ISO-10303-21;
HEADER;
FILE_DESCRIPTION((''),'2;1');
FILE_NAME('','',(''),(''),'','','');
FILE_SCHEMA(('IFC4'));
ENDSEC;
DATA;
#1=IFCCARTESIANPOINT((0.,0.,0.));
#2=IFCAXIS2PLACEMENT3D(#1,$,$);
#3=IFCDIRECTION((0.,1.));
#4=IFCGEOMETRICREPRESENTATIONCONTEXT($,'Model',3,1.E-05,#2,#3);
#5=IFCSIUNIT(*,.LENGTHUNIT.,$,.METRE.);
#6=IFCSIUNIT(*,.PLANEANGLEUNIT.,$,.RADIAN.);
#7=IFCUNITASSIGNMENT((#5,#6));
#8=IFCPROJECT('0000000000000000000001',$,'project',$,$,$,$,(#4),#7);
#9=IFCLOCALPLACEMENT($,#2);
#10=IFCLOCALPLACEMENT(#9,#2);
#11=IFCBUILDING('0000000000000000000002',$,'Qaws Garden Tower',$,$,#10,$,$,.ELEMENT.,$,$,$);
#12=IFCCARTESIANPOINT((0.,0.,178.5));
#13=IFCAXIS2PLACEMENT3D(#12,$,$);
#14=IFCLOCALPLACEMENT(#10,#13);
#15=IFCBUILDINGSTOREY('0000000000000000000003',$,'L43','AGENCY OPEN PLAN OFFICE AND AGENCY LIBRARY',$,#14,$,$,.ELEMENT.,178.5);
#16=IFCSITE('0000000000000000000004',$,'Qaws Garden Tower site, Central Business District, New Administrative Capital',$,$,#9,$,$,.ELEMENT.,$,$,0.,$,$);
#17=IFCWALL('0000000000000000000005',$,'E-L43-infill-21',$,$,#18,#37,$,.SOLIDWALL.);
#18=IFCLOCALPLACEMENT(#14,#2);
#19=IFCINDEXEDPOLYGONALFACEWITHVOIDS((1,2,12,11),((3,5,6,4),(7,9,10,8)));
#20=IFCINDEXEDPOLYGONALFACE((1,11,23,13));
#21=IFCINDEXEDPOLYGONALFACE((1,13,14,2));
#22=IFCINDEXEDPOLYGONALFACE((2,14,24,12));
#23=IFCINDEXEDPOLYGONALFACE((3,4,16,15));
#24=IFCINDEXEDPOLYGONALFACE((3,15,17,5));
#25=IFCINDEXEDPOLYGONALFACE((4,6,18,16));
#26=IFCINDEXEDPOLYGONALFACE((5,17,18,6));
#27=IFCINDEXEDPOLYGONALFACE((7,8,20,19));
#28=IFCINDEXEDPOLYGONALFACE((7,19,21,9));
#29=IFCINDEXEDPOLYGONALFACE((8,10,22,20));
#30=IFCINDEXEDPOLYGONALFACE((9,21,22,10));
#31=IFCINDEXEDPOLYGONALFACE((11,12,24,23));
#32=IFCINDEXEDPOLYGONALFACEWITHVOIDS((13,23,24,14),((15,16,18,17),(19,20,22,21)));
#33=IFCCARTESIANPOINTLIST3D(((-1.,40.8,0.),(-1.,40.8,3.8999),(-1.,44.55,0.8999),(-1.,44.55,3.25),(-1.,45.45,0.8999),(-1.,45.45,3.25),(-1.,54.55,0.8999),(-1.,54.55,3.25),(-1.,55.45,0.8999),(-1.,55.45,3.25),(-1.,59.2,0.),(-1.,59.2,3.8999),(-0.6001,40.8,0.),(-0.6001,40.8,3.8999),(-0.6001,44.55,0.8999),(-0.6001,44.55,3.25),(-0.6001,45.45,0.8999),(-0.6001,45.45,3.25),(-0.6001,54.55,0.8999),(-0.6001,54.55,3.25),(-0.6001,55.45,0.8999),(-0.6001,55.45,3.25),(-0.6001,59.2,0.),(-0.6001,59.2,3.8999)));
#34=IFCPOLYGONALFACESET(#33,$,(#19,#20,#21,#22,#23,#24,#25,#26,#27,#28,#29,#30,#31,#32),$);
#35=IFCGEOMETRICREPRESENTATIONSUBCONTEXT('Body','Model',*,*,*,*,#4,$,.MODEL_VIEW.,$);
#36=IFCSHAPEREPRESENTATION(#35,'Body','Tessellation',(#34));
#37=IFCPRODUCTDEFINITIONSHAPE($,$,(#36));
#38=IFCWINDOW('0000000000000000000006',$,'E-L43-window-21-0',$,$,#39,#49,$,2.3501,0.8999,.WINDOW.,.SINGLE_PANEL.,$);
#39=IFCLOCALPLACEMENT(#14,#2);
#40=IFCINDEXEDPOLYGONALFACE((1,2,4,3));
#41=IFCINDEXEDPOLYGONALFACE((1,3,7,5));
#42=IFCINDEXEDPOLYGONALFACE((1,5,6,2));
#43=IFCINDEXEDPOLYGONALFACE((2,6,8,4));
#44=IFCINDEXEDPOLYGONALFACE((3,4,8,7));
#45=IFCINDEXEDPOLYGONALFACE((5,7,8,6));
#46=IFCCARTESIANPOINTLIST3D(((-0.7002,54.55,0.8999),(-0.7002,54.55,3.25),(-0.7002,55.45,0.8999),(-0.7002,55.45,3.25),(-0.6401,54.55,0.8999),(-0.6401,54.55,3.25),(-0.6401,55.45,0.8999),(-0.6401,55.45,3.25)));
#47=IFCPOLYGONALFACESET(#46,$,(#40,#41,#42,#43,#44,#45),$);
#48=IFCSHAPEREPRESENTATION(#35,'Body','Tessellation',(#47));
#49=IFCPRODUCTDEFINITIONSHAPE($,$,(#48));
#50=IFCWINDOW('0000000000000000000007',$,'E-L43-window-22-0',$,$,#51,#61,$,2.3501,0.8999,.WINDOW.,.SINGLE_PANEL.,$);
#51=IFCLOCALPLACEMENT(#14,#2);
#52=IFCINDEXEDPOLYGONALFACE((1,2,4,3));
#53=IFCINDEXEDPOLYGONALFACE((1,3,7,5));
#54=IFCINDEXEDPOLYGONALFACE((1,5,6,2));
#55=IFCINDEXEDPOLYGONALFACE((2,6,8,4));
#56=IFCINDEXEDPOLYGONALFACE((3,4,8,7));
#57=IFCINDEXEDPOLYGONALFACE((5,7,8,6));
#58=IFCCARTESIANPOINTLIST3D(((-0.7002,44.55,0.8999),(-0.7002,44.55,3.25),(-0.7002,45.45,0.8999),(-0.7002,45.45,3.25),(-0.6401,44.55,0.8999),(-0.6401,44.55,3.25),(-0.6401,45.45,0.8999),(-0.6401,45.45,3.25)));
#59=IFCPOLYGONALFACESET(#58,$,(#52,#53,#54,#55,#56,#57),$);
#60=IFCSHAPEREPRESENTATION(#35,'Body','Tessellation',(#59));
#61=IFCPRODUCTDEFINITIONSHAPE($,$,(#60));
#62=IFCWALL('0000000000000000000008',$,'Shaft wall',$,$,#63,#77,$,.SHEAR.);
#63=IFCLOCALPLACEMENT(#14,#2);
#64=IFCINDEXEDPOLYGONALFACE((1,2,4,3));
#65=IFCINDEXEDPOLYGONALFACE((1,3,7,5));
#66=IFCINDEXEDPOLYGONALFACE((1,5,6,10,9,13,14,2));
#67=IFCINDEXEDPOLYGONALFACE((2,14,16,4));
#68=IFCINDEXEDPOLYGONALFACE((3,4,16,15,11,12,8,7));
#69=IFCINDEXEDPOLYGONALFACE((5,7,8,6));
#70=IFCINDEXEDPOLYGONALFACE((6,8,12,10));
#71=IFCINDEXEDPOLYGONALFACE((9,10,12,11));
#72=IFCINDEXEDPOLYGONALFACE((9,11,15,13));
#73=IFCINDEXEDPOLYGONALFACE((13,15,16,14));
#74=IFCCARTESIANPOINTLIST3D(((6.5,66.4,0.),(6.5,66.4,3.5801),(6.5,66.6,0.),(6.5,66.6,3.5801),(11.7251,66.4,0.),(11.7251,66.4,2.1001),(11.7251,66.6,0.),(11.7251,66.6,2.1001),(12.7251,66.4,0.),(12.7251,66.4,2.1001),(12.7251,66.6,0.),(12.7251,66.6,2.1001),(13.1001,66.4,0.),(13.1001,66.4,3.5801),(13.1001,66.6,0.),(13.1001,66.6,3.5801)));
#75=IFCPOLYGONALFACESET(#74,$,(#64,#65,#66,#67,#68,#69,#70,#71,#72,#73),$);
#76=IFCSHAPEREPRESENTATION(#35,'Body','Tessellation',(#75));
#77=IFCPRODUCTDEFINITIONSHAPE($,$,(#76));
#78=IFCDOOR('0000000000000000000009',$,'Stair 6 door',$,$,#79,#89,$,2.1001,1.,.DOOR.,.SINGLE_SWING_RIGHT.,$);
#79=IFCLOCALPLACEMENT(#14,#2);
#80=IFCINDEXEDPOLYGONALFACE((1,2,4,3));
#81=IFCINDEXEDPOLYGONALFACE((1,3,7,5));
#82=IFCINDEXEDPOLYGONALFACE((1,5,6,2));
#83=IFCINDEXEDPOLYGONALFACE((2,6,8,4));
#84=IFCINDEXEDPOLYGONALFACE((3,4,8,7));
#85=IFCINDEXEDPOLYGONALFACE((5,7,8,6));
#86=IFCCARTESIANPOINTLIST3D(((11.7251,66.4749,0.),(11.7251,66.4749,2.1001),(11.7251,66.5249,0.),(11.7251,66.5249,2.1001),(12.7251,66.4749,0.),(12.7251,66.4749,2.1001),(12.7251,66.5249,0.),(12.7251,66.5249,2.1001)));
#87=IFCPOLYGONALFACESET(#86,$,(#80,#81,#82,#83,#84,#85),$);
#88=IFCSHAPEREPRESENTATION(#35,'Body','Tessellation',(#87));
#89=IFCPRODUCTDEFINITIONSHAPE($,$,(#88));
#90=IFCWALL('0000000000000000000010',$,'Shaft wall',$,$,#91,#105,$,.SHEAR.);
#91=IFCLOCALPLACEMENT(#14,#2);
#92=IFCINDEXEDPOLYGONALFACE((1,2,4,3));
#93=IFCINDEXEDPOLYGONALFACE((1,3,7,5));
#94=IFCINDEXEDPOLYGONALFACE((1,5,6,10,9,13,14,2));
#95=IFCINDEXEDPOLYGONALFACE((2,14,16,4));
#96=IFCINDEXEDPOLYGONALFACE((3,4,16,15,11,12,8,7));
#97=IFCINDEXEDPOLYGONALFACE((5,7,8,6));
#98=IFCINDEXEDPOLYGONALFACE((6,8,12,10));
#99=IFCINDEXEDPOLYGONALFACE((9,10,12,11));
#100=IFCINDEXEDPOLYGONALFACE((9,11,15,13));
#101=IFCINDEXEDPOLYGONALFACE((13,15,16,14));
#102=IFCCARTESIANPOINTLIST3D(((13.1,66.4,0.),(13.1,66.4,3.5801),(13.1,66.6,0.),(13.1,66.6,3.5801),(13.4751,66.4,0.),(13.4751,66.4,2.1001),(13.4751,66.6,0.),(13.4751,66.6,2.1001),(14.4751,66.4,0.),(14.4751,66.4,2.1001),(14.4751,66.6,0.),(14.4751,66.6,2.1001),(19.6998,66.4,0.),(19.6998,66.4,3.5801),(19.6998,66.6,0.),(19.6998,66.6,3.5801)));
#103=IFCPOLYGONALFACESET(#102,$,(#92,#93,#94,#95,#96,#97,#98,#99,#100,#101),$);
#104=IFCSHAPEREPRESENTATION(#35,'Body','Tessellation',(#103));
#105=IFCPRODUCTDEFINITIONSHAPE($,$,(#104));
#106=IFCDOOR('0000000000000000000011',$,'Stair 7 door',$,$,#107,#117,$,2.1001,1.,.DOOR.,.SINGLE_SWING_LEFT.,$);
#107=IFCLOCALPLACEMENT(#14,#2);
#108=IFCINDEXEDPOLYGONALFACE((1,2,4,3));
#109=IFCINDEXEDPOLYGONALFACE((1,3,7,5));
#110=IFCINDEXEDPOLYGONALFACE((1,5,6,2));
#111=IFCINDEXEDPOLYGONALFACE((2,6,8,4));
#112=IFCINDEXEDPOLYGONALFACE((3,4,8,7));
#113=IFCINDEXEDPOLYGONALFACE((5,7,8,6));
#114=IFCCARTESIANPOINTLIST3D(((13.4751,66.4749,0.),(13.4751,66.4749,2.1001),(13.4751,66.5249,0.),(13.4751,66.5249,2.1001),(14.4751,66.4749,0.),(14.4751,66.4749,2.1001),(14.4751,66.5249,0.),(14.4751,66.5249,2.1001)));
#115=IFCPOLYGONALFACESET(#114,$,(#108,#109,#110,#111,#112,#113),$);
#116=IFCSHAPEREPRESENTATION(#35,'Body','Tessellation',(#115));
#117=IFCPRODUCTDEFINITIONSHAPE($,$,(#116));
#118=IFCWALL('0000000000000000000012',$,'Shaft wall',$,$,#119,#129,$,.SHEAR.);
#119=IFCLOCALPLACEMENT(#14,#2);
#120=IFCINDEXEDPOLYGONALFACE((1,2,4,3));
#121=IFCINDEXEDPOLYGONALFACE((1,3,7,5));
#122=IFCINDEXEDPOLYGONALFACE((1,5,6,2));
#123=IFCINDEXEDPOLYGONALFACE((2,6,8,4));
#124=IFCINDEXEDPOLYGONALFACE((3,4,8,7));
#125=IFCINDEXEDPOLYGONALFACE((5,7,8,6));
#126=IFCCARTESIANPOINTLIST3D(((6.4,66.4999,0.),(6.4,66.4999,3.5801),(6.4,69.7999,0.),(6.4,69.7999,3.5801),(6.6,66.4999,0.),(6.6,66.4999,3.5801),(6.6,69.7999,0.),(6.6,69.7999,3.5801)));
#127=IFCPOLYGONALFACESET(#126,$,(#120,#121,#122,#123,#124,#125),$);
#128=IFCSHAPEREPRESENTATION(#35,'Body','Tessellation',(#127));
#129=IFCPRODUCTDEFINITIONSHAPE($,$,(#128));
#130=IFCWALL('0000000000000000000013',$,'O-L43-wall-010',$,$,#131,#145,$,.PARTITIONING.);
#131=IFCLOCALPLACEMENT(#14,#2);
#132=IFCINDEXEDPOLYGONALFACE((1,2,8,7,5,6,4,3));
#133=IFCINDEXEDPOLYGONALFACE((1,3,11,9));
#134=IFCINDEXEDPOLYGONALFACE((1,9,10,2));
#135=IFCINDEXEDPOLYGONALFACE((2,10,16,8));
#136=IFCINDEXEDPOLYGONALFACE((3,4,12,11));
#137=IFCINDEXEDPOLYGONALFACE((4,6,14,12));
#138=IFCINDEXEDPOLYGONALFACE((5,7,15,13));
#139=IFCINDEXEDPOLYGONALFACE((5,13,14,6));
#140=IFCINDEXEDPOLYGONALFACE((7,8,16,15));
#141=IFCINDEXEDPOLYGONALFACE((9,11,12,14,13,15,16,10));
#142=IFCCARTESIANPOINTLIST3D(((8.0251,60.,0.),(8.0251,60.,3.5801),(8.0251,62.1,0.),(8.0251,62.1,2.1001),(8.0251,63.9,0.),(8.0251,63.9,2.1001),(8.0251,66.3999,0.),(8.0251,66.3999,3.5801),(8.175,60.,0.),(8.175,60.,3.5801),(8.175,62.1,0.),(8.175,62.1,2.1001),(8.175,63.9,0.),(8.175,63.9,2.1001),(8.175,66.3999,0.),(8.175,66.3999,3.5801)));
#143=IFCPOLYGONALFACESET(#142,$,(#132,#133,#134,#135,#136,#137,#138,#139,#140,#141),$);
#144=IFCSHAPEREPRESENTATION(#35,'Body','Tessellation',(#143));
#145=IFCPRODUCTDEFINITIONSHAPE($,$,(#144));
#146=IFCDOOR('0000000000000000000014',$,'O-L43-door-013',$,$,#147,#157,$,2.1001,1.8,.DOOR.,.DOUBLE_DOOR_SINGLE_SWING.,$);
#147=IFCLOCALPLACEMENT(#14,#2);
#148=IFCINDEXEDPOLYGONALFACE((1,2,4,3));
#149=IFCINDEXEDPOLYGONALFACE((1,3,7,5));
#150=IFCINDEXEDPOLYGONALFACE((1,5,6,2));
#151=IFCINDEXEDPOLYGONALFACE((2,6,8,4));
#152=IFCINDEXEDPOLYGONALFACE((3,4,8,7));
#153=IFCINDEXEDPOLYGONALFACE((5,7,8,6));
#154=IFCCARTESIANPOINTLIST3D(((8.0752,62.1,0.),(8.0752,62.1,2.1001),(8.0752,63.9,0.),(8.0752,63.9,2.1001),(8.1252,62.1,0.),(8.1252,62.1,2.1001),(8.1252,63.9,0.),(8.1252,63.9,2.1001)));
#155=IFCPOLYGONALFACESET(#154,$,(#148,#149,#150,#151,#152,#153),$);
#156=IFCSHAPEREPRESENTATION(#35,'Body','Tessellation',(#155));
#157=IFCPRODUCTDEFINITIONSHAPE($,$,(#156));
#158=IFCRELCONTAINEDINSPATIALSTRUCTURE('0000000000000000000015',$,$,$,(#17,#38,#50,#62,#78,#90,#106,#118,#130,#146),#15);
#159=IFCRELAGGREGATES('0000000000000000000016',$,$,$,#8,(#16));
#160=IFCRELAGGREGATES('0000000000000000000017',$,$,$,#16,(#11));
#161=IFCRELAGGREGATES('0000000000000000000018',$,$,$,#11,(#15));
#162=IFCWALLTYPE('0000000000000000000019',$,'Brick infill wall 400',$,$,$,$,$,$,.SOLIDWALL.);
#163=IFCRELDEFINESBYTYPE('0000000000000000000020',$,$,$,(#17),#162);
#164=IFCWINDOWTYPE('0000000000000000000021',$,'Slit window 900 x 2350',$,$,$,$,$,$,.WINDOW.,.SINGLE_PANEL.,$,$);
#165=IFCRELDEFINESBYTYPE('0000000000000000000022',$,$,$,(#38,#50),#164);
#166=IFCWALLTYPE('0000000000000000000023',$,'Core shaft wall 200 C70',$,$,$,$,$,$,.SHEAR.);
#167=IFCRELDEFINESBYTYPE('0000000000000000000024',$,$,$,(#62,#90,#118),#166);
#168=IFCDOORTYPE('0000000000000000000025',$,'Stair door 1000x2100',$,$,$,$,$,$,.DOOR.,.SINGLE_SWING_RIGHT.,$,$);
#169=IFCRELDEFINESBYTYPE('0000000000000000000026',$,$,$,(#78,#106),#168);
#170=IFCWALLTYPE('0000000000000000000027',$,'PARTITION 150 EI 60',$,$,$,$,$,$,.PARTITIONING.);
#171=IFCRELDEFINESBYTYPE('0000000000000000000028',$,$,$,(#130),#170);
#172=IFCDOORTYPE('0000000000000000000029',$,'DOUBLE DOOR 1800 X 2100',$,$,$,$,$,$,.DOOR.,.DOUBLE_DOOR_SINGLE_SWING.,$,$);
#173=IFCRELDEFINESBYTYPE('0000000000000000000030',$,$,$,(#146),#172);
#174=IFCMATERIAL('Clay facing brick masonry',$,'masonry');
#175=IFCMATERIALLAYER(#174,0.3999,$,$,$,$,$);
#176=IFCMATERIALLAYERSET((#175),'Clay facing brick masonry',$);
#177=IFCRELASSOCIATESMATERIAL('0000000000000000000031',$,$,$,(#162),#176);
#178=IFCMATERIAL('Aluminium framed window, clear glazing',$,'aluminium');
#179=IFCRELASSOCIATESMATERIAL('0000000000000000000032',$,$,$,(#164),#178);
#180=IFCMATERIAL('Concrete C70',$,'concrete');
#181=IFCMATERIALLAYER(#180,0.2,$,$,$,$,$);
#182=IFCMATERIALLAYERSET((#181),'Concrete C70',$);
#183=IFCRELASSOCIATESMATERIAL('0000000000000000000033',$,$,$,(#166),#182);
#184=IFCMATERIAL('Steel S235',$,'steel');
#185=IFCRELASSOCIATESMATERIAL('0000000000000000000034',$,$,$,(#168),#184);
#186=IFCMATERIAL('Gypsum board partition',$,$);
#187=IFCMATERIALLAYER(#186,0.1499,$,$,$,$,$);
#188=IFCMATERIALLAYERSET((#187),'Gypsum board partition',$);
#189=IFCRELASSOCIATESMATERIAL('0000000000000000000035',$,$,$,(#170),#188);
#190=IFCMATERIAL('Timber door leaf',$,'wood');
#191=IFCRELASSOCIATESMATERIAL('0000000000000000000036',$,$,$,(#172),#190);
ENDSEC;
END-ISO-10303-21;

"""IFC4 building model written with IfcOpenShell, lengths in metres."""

from ifc_helpers import new_model, si_unit, direction, frame, frame_2d, origin, place, context, subcontext, project, spatial, rectangle, extrude, material, layer, layer_set, type_object, element, fill, save


model = new_model("IFC4")

# Units and contexts
model_context = context("Model", 3, precision=1e-05, world=origin(), true_north=direction((0.0, 1.0)))
body_context = subcontext(model_context, "Body", "Model", "MODEL_VIEW")
ifc_project = project(units=[si_unit("LENGTHUNIT", "METRE"), si_unit("PLANEANGLEUNIT", "RADIAN")], contexts=[model_context])

# Site, building, storey
site_placement = place(None, origin())
site = spatial("IfcSite", under=ifc_project, at=site_placement, Name="Qaws Garden Tower site, Central Business District, New Administrative Capital", CompositionType="ELEMENT", RefElevation=0.0)
building_placement = place(site_placement, origin())
building = spatial("IfcBuilding", under=site, at=building_placement, Name="Qaws Garden Tower", CompositionType="ELEMENT")
storey_placement = place(building_placement, frame((0.0, 0.0, 178.5)))
storey = spatial("IfcBuildingStorey", under=building, at=storey_placement, Name="L43", Description="AGENCY OPEN PLAN OFFICE AND AGENCY LIBRARY", CompositionType="ELEMENT", Elevation=178.5)

# Shared definitions
ifc_material_1 = material(Name="Clay facing brick masonry", Category="masonry")
ifc_layer_1 = layer(ifc_material_1, 0.3999)
ifc_layer_set_1 = layer_set([ifc_layer_1], Name="Clay facing brick masonry")
wall_type_1 = type_object("IfcWallType", Name="Brick infill wall 400", PredefinedType="SOLIDWALL", material=ifc_layer_set_1)

# Wall, openings, windows
wall_1_placement = place(storey_placement, frame((-0.8, 59.2, 0.0), z_axis=(0.0, 0.0, 1.0), x_axis=(0.0, -1.0, 0.0)))
wall_1 = element("IfcWall", 1, at=wall_1_placement, inside=storey, type_object=wall_type_1, Name="E-L43-infill-21", PredefinedType="SOLIDWALL", context=body_context, shape_type="SweptSolid", body=[
    extrude(rectangle(XDim=18.3999, YDim=0.3999, at=frame_2d((9.2, 0.0))), origin(), (0.0, 0.0, 1.0), 3.8999),
])
opening_1_placement = place(wall_1_placement, frame((3.75, 0.0, 0.8999)))
opening_1 = element("IfcOpeningElement", 2, at=opening_1_placement, cuts=wall_1, PredefinedType="OPENING", context=body_context, shape_type="SweptSolid", body=[
    extrude(rectangle(XDim=0.8999, YDim=2.3501, at=frame_2d((0.45, 1.175))), frame((0.0, 0.21, 0.0), z_axis=(0.0, -1.0, 0.0), x_axis=(1.0, 0.0, 0.0)), (0.0, 0.0, 1.0), 0.4199),
])
opening_2_placement = place(wall_1_placement, frame((13.75, 0.0, 0.8999)))
opening_2 = element("IfcOpeningElement", 3, at=opening_2_placement, cuts=wall_1, PredefinedType="OPENING", context=body_context, shape_type="SweptSolid", body=[
    extrude(rectangle(XDim=0.8999, YDim=2.3501, at=frame_2d((0.45, 1.175))), frame((0.0, 0.21, 0.0), z_axis=(0.0, -1.0, 0.0), x_axis=(1.0, 0.0, 0.0)), (0.0, 0.0, 1.0), 0.4199),
])
ifc_material_2 = material(Name="Aluminium framed window, clear glazing", Category="aluminium")
window_type_1 = type_object("IfcWindowType", Name="Slit window 900 x 2350", PartitioningType="SINGLE_PANEL", PredefinedType="WINDOW", material=ifc_material_2)
window_1_placement = place(opening_1_placement, origin())
window_1 = element("IfcWindow", 4, at=window_1_placement, inside=storey, type_object=window_type_1, Name="E-L43-window-21-0", OverallHeight=2.3501, OverallWidth=0.8999, PartitioningType="SINGLE_PANEL", PredefinedType="WINDOW", context=body_context, shape_type="SweptSolid", body=[
    extrude(rectangle(XDim=0.8999, YDim=2.3501, at=frame_2d((0.45, 1.175))), frame((0.0, 0.1599, 0.0), z_axis=(0.0, -1.0, 0.0), x_axis=(1.0, 0.0, 0.0)), (0.0, 0.0, 1.0), 0.0601),
])
fill(opening_1, window_1)
window_2_placement = place(opening_2_placement, origin())
window_2 = element("IfcWindow", 5, at=window_2_placement, inside=storey, type_object=window_type_1, Name="E-L43-window-22-0", OverallHeight=2.3501, OverallWidth=0.8999, PartitioningType="SINGLE_PANEL", PredefinedType="WINDOW", context=body_context, shape_type="SweptSolid", body=[
    extrude(rectangle(XDim=0.8999, YDim=2.3501, at=frame_2d((0.45, 1.175))), frame((0.0, 0.1599, 0.0), z_axis=(0.0, -1.0, 0.0), x_axis=(1.0, 0.0, 0.0)), (0.0, 0.0, 1.0), 0.0601),
])
fill(opening_2, window_2)

# Walls, openings, doors
ifc_material_3 = material(Name="Concrete C70", Category="concrete")
ifc_layer_2 = layer(ifc_material_3, 0.2)
ifc_layer_set_2 = layer_set([ifc_layer_2], Name="Concrete C70")
wall_type_2 = type_object("IfcWallType", Name="Core shaft wall 200 C70", PredefinedType="SHEAR", material=ifc_layer_set_2)
wall_2_placement = place(storey_placement, frame((6.5, 66.5, 0.0), z_axis=(0.0, 0.0, 1.0), x_axis=(1.0, 0.0, 0.0)))
wall_2 = element("IfcWall", 6, at=wall_2_placement, inside=storey, type_object=wall_type_2, Name="Shaft wall", PredefinedType="SHEAR", context=body_context, shape_type="SweptSolid", body=[
    extrude(rectangle(XDim=6.6001, YDim=0.2, at=frame_2d((3.3, 0.0))), origin(), (0.0, 0.0, 1.0), 3.5801),
])
opening_3_placement = place(wall_2_placement, frame((5.2251, 0.0, 0.0)))
opening_3 = element("IfcOpeningElement", 7, at=opening_3_placement, cuts=wall_2, PredefinedType="OPENING", context=body_context, shape_type="SweptSolid", body=[
    extrude(rectangle(XDim=1.0, YDim=2.1001, at=frame_2d((0.5, 1.05))), frame((0.0, 0.1099, 0.0), z_axis=(0.0, -1.0, 0.0), x_axis=(1.0, 0.0, 0.0)), (0.0, 0.0, 1.0), 0.22),
])
ifc_material_4 = material(Name="Steel S235", Category="steel")
door_type_1 = type_object("IfcDoorType", Name="Stair door 1000x2100", OperationType="SINGLE_SWING_RIGHT", PredefinedType="DOOR", material=ifc_material_4)
door_1_placement = place(opening_3_placement, origin())
door_1 = element("IfcDoor", 8, at=door_1_placement, inside=storey, type_object=door_type_1, Name="Stair 6 door", OperationType="SINGLE_SWING_RIGHT", OverallHeight=2.1001, OverallWidth=1.0, PredefinedType="DOOR", context=body_context, shape_type="SweptSolid", body=[
    extrude(rectangle(XDim=1.0, YDim=2.1001, at=frame_2d((0.5, 1.05))), frame((0.0, 0.0249, 0.0), z_axis=(0.0, -1.0, 0.0), x_axis=(1.0, 0.0, 0.0)), (0.0, 0.0, 1.0), 0.05),
])
fill(opening_3, door_1)
wall_3_placement = place(storey_placement, frame((13.1001, 66.5, 0.0), z_axis=(0.0, 0.0, 1.0), x_axis=(1.0, 0.0, 0.0)))
wall_3 = element("IfcWall", 9, at=wall_3_placement, inside=storey, type_object=wall_type_2, Name="Shaft wall", PredefinedType="SHEAR", context=body_context, shape_type="SweptSolid", body=[
    extrude(rectangle(XDim=6.5999, YDim=0.2, at=frame_2d((3.2998, 0.0))), origin(), (0.0, 0.0, 1.0), 3.5801),
])
opening_4_placement = place(wall_3_placement, frame((0.375, 0.0, 0.0)))
opening_4 = element("IfcOpeningElement", 10, at=opening_4_placement, cuts=wall_3, PredefinedType="OPENING", context=body_context, shape_type="SweptSolid", body=[
    extrude(rectangle(XDim=1.0, YDim=2.1001, at=frame_2d((0.5, 1.05))), frame((0.0, 0.1099, 0.0), z_axis=(0.0, -1.0, 0.0), x_axis=(1.0, 0.0, 0.0)), (0.0, 0.0, 1.0), 0.22),
])
door_2_placement = place(opening_4_placement, origin())
door_2 = element("IfcDoor", 11, at=door_2_placement, inside=storey, type_object=door_type_1, Name="Stair 7 door", OperationType="SINGLE_SWING_LEFT", OverallHeight=2.1001, OverallWidth=1.0, PredefinedType="DOOR", context=body_context, shape_type="SweptSolid", body=[
    extrude(rectangle(XDim=1.0, YDim=2.1001, at=frame_2d((0.5, 1.05))), frame((0.0, 0.0249, 0.0), z_axis=(0.0, -1.0, 0.0), x_axis=(1.0, 0.0, 0.0)), (0.0, 0.0, 1.0), 0.05),
])
fill(opening_4, door_2)

# Wall
wall_4_placement = place(storey_placement, frame((6.5, 66.5, 0.0), z_axis=(0.0, 0.0, 1.0), x_axis=(0.0, 1.0, 0.0)))
element("IfcWall", 12, at=wall_4_placement, inside=storey, type_object=wall_type_2, Name="Shaft wall", PredefinedType="SHEAR", context=body_context, shape_type="SweptSolid", body=[
    extrude(rectangle(XDim=3.3, YDim=0.2, at=frame_2d((1.6499, 0.0))), origin(), (0.0, 0.0, 1.0), 3.5801),
])

# Wall, opening, door
ifc_material_5 = material(Name="Gypsum board partition")
ifc_layer_3 = layer(ifc_material_5, 0.1499)
ifc_layer_set_3 = layer_set([ifc_layer_3], Name="Gypsum board partition")
wall_type_3 = type_object("IfcWallType", Name="PARTITION 150 EI 60", PredefinedType="PARTITIONING", material=ifc_layer_set_3)
wall_5_placement = place(storey_placement, frame((8.1001, 60.0, 0.0), z_axis=(0.0, 0.0, 1.0), x_axis=(0.0, 1.0, 0.0)))
wall_5 = element("IfcWall", 13, at=wall_5_placement, inside=storey, type_object=wall_type_3, Name="O-L43-wall-010", PredefinedType="PARTITIONING", context=body_context, shape_type="SweptSolid", body=[
    extrude(rectangle(XDim=6.3999, YDim=0.1499, at=frame_2d((3.2, 0.0))), origin(), (0.0, 0.0, 1.0), 3.5801),
])
opening_5_placement = place(wall_5_placement, frame((2.1001, 0.0, 0.0)))
opening_5 = element("IfcOpeningElement", 14, at=opening_5_placement, cuts=wall_5, PredefinedType="OPENING", context=body_context, shape_type="SweptSolid", body=[
    extrude(rectangle(XDim=1.8, YDim=2.1001, at=frame_2d((0.8999, 1.05))), frame((0.0, 0.085, 0.0), z_axis=(0.0, -1.0, 0.0), x_axis=(1.0, 0.0, 0.0)), (0.0, 0.0, 1.0), 0.1699),
])
ifc_material_6 = material(Name="Timber door leaf", Category="wood")
door_type_2 = type_object("IfcDoorType", Name="DOUBLE DOOR 1800 X 2100", OperationType="DOUBLE_DOOR_SINGLE_SWING", PredefinedType="DOOR", material=ifc_material_6)
door_3_placement = place(opening_5_placement, origin())
door_3 = element("IfcDoor", 15, at=door_3_placement, inside=storey, type_object=door_type_2, Name="O-L43-door-013", OperationType="DOUBLE_DOOR_SINGLE_SWING", OverallHeight=2.1001, OverallWidth=1.8, PredefinedType="DOOR", context=body_context, shape_type="SweptSolid", body=[
    extrude(rectangle(XDim=1.8, YDim=2.1001, at=frame_2d((0.8999, 1.05))), frame((0.0, 0.0249, 0.0), z_axis=(0.0, -1.0, 0.0), x_axis=(1.0, 0.0, 0.0)), (0.0, 0.0, 1.0), 0.05),
])
fill(opening_5, door_3)

save(model, "model.ifc")
